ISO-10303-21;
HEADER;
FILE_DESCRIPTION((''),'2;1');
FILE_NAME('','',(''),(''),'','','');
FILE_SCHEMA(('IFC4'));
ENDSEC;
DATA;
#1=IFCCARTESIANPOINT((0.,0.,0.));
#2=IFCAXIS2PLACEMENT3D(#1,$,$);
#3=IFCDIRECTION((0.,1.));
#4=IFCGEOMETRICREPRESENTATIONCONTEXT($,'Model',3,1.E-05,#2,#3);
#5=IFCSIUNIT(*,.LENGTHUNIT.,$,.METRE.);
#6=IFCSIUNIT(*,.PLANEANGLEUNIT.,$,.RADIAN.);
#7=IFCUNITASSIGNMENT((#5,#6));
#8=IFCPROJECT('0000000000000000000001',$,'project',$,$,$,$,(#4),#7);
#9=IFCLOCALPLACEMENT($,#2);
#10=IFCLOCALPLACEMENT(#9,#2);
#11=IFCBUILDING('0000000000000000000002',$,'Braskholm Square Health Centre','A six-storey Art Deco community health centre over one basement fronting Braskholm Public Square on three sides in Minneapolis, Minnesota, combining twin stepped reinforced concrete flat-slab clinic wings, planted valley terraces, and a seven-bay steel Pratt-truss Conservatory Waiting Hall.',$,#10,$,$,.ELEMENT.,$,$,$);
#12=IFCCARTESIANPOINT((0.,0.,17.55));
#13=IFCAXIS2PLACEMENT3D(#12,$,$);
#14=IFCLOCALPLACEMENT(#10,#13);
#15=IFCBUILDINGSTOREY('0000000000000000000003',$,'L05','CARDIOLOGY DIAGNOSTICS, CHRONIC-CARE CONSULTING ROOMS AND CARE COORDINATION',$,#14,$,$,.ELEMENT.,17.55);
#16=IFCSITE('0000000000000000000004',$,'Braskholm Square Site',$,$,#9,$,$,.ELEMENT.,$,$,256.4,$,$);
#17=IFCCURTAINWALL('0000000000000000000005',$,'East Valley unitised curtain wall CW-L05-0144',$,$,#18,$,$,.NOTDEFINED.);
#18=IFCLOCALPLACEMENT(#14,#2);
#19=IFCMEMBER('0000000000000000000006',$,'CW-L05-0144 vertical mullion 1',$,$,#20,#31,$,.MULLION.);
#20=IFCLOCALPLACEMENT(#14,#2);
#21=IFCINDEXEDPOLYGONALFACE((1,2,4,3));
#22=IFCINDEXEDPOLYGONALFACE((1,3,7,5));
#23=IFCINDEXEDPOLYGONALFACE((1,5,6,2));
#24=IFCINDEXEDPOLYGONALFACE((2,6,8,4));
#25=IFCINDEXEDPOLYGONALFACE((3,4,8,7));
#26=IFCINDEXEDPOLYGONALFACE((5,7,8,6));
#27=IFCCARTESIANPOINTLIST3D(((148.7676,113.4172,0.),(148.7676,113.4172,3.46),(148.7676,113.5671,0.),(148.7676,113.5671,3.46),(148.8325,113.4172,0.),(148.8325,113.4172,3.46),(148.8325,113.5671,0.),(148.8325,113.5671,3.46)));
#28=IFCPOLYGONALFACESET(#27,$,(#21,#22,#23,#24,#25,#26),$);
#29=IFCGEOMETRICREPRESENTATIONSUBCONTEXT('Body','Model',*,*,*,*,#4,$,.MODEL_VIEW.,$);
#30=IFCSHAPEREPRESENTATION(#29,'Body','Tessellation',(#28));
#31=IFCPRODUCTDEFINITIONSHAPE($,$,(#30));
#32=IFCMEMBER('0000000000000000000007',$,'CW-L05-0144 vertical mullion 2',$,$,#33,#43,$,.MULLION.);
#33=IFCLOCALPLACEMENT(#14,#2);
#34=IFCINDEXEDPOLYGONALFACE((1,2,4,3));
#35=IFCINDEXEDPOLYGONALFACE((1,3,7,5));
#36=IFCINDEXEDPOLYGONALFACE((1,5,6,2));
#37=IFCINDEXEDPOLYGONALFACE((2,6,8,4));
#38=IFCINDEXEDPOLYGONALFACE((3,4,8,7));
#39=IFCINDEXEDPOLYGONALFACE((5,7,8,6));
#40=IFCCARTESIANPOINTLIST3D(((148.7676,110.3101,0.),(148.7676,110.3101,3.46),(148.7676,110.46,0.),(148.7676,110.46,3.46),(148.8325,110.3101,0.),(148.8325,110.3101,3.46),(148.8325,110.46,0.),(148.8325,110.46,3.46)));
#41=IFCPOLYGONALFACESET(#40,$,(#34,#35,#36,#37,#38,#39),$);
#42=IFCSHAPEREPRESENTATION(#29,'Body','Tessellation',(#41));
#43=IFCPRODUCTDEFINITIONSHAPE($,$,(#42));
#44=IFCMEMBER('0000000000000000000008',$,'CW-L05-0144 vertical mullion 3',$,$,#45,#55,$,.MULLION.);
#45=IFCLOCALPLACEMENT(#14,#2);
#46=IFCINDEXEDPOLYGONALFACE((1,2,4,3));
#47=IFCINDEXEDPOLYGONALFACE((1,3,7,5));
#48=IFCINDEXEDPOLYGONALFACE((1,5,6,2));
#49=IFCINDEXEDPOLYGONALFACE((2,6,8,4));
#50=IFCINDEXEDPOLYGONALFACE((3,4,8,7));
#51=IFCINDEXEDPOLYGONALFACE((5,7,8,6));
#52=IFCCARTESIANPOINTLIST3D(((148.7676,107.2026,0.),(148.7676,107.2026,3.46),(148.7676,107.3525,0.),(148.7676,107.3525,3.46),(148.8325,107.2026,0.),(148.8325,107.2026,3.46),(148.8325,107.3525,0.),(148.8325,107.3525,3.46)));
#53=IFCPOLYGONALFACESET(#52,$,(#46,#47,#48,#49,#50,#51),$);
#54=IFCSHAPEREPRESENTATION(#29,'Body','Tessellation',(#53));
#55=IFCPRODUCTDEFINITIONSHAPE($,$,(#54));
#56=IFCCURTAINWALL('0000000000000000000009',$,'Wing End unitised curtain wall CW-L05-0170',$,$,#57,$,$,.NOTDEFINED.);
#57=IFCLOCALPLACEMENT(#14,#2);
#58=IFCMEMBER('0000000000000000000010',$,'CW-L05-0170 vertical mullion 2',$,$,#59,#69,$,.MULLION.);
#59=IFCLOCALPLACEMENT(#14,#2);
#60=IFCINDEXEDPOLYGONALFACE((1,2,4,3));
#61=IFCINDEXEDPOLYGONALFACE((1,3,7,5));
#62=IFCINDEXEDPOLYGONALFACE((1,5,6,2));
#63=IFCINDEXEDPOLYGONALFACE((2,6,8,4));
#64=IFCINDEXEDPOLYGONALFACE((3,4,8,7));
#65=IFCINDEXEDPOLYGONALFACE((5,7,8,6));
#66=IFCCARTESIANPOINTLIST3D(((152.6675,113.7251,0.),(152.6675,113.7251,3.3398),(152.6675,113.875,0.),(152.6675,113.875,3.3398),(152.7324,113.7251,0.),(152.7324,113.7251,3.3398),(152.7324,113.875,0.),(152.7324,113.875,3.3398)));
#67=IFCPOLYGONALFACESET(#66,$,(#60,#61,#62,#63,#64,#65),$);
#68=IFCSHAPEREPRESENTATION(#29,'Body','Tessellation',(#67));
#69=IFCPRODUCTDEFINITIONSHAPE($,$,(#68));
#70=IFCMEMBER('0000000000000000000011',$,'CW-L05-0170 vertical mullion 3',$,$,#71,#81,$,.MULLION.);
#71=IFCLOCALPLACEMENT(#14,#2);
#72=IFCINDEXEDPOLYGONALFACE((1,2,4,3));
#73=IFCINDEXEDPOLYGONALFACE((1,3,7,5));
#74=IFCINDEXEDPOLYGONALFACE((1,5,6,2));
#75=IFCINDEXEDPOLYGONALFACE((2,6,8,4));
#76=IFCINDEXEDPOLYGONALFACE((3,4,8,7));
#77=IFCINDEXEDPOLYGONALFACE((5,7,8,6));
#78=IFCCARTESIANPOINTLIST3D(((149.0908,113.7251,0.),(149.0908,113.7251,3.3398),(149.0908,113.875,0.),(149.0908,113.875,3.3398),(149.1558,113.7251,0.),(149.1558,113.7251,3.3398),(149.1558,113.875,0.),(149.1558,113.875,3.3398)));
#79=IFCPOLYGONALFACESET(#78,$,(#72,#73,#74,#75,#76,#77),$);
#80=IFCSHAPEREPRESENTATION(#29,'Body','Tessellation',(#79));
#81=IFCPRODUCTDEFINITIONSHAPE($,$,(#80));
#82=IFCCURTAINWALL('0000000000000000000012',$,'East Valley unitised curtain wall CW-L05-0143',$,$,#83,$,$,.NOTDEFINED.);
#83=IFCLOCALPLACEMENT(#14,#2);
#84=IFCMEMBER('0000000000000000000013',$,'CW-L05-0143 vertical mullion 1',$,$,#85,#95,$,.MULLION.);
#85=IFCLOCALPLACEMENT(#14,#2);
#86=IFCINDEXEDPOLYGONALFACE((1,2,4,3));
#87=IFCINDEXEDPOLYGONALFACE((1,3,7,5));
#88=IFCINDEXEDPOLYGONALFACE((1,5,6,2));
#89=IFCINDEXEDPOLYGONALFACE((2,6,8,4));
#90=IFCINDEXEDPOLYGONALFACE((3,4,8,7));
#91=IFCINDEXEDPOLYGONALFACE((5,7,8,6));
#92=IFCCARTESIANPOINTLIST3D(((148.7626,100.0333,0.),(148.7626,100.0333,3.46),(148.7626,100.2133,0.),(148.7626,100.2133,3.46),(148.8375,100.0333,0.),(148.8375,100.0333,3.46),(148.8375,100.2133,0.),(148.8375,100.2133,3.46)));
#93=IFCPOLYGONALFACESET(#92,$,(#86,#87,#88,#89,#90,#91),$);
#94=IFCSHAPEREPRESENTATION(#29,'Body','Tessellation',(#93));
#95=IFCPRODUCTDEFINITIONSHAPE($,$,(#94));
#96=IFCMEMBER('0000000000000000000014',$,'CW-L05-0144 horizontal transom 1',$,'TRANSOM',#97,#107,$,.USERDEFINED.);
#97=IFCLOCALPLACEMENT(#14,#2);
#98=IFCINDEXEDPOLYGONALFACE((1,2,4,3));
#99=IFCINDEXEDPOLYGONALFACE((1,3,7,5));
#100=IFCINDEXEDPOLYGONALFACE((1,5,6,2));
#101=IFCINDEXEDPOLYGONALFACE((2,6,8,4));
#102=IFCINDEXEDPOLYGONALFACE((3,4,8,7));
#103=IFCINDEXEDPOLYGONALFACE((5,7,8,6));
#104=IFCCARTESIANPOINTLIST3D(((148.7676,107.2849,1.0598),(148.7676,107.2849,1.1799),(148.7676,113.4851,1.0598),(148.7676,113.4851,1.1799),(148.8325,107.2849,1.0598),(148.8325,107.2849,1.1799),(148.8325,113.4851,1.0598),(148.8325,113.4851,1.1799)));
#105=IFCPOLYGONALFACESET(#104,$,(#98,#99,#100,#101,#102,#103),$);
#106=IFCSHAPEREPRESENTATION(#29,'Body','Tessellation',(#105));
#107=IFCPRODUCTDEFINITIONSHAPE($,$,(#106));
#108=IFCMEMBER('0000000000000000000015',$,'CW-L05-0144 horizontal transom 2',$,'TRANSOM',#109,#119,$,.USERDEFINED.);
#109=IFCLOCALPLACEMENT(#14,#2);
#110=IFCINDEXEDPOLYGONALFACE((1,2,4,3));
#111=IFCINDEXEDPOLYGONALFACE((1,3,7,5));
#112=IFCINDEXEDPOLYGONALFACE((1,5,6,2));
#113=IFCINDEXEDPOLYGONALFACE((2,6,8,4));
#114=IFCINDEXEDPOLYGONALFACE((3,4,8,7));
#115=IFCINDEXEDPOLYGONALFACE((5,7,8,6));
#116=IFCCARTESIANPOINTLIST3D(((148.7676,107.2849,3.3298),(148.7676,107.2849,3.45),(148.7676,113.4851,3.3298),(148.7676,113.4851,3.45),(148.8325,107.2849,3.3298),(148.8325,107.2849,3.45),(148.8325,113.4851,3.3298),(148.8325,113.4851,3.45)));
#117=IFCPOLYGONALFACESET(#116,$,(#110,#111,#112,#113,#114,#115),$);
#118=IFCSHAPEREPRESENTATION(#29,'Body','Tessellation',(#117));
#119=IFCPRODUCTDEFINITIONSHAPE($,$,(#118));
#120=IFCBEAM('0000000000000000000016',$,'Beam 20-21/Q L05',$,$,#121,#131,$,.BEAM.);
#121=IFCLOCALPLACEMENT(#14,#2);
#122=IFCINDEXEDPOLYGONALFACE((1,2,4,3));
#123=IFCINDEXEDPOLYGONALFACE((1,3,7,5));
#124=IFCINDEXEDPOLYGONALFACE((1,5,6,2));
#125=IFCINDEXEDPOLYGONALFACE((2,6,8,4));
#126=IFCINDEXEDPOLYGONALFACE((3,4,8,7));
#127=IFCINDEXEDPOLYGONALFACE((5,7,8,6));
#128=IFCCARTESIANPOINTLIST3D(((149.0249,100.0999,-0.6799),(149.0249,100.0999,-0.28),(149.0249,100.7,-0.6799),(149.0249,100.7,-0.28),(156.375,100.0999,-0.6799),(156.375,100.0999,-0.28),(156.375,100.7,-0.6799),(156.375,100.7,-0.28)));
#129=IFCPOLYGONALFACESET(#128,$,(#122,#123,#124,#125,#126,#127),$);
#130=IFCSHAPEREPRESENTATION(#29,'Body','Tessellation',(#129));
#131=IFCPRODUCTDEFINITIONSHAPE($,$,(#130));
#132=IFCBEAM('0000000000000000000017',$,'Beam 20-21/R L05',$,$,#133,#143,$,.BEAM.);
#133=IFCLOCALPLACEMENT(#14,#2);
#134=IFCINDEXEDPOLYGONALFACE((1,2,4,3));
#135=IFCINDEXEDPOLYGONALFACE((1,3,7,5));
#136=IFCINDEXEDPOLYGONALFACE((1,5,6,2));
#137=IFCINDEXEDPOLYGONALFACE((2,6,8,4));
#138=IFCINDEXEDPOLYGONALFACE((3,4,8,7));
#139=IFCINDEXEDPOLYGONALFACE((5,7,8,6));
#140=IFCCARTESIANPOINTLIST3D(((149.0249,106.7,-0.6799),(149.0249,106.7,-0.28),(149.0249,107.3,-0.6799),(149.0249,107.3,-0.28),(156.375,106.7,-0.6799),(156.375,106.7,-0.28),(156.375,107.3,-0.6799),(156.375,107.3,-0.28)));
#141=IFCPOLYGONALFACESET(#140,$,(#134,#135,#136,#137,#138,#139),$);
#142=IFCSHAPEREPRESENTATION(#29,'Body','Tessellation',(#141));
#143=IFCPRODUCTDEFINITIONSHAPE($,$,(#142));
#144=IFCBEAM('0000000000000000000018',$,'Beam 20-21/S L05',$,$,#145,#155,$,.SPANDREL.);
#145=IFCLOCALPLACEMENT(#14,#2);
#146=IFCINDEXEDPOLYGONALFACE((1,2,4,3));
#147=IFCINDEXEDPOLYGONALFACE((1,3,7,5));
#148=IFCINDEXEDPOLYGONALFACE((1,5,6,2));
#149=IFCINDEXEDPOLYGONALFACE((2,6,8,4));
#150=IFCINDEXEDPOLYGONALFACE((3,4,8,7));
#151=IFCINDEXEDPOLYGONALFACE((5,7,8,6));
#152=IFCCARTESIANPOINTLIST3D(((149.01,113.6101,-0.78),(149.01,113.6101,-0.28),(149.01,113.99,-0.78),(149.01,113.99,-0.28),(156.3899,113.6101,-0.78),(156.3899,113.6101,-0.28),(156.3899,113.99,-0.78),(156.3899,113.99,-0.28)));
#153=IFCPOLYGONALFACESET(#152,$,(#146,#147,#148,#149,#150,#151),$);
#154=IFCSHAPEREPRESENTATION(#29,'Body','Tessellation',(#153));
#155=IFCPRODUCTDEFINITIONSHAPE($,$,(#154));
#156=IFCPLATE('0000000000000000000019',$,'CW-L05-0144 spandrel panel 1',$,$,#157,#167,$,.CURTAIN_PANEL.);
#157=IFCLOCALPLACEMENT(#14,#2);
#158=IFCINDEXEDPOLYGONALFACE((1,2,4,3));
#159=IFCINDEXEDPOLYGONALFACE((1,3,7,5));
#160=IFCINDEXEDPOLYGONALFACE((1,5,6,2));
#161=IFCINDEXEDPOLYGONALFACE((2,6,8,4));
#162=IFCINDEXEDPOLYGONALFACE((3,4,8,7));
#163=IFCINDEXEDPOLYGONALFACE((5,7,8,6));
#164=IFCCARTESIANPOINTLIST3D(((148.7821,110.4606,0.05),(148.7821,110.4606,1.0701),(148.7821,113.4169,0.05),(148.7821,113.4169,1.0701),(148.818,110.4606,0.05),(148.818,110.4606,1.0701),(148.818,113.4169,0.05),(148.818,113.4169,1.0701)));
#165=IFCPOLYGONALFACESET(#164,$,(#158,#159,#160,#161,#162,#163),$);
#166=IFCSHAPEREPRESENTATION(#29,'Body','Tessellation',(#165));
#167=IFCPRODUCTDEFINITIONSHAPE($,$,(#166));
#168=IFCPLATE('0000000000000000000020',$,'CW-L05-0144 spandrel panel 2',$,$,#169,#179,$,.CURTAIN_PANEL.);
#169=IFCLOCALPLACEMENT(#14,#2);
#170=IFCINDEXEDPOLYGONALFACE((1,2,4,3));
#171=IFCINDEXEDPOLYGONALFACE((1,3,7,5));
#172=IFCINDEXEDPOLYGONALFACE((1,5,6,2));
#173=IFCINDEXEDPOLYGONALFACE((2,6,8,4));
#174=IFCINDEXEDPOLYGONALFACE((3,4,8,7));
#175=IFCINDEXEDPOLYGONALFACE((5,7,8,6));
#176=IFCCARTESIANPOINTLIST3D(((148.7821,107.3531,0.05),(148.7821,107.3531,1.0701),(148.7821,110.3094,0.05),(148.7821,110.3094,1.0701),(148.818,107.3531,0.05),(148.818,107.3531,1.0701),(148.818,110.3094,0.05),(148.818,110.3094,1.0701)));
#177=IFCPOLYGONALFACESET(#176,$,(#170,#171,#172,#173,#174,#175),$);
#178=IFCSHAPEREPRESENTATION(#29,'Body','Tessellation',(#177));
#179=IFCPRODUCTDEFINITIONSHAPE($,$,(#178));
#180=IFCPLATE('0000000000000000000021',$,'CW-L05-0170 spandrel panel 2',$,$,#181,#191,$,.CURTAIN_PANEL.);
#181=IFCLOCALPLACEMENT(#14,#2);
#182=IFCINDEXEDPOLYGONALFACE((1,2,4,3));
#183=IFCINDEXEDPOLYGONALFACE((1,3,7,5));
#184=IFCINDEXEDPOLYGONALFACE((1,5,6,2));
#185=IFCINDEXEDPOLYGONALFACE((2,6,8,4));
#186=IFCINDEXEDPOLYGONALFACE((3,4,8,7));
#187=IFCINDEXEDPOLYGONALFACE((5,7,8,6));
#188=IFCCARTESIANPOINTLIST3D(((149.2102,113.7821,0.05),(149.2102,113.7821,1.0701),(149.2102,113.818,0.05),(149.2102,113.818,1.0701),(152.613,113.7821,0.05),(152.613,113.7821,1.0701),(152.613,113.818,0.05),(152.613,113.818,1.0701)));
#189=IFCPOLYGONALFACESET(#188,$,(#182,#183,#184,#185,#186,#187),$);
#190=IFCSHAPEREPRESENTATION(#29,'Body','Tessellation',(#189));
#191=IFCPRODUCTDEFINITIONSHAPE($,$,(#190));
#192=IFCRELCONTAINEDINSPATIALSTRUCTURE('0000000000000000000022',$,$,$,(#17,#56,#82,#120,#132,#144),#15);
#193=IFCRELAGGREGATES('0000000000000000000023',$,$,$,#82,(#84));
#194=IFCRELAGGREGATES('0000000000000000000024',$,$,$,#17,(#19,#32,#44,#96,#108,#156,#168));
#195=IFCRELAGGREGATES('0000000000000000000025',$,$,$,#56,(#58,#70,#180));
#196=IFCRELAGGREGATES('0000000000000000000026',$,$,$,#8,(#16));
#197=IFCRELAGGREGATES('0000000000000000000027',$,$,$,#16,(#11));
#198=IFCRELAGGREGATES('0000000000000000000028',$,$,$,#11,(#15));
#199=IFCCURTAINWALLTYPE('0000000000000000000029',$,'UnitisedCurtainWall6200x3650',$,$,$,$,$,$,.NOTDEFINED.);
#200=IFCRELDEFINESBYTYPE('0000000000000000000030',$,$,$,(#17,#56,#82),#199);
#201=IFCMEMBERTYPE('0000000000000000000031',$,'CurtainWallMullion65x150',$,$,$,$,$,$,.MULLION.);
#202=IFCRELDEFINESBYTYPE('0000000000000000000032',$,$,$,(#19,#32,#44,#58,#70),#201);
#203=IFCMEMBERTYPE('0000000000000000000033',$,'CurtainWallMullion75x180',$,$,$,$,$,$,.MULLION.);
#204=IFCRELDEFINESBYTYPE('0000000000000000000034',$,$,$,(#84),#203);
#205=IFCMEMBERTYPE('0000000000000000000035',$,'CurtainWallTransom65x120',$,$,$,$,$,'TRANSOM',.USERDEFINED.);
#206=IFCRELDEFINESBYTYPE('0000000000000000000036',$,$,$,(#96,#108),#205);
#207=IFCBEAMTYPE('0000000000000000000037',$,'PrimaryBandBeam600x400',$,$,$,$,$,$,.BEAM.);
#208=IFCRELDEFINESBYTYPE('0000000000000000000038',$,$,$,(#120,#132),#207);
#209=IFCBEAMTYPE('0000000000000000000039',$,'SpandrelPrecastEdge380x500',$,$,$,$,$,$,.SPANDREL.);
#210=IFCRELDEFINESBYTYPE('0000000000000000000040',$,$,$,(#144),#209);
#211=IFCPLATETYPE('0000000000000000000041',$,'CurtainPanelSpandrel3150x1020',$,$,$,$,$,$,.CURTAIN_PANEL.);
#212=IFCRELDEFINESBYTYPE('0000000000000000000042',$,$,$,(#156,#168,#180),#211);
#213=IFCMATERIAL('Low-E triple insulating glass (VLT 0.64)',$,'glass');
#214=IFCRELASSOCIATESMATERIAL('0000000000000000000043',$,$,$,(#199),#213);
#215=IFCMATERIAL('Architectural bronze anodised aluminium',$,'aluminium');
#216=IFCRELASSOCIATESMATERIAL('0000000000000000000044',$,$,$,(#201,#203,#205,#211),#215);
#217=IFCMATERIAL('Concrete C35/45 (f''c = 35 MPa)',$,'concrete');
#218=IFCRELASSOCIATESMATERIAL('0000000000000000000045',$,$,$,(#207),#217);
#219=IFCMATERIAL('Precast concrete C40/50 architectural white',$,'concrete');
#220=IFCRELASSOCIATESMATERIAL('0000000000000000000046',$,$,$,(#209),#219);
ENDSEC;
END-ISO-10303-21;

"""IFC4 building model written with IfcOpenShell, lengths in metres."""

from ifc_helpers import new_model, si_unit, direction, frame, origin, origin_2d, place, context, subcontext, project, spatial, rectangle, extrude, material, material_profile, profile_set, type_object, element, aggregate, save


model = new_model("IFC4")

# Units and contexts
model_context = context("Model", 3, precision=1e-05, world=origin(), true_north=direction((0.0, 1.0)))
body_context = subcontext(model_context, "Body", "Model", "MODEL_VIEW")
ifc_project = project(units=[si_unit("LENGTHUNIT", "METRE"), si_unit("PLANEANGLEUNIT", "RADIAN")], contexts=[model_context])

# Site, building, storey
site_placement = place(None, origin())
site = spatial("IfcSite", under=ifc_project, at=site_placement, Name="Braskholm Square Site", CompositionType="ELEMENT", RefElevation=256.4)
building_placement = place(site_placement, origin())
building = spatial("IfcBuilding", under=site, at=building_placement, Name="Braskholm Square Health Centre", Description="A six-storey Art Deco community health centre over one basement fronting Braskholm Public Square on three sides in Minneapolis, Minnesota, combining twin stepped reinforced concrete flat-slab clinic wings, planted valley terraces, and a seven-bay steel Pratt-truss Conservatory Waiting Hall.", CompositionType="ELEMENT")
storey_placement = place(building_placement, frame((0.0, 0.0, 17.55)))
storey = spatial("IfcBuildingStorey", under=building, at=storey_placement, Name="L05", Description="CARDIOLOGY DIAGNOSTICS, CHRONIC-CARE CONSULTING ROOMS AND CARE COORDINATION", CompositionType="ELEMENT", Elevation=17.55)

# Curtain walls, members
ifc_material_1 = material(Name="Low-E triple insulating glass (VLT 0.64)", Category="glass")
curtain_wall_type = type_object("IfcCurtainWallType", Name="UnitisedCurtainWall6200x3650", PredefinedType="NOTDEFINED", material=ifc_material_1)
curtain_wall_1_placement = place(storey_placement, origin())
curtain_wall_1 = element("IfcCurtainWall", 1, at=curtain_wall_1_placement, inside=storey, type_object=curtain_wall_type, Name="East Valley unitised curtain wall CW-L05-0144", PredefinedType="NOTDEFINED")
ifc_material_2 = material(Name="Architectural bronze anodised aluminium", Category="aluminium")
ifc_material_profile_1 = material_profile(ifc_material_2, rectangle(XDim=0.0649, YDim=0.1499, at=origin_2d()), Name="ALU-65X150")
ifc_profile_set_1 = profile_set([ifc_material_profile_1], Name="Architectural bronze anodised aluminium")
member_type_1 = type_object("IfcMemberType", Name="CurtainWallMullion65x150", PredefinedType="MULLION", material=ifc_profile_set_1)
member_1_placement = place(storey_placement, frame((148.8, 113.4922, 0.0), z_axis=(0.0, 0.0, 1.0), x_axis=(1.0, 0.0, 0.0)))
member_1 = element("IfcMember", 2, at=member_1_placement, type_object=member_type_1, Name="CW-L05-0144 vertical mullion 1", PredefinedType="MULLION", context=body_context, shape_type="SweptSolid", body=[
    extrude(rectangle(XDim=0.0649, YDim=0.1499, at=origin_2d()), origin(), (0.0, 0.0, 1.0), 3.46),
])
member_2_placement = place(storey_placement, frame((148.8, 110.385, 0.0), z_axis=(0.0, 0.0, 1.0), x_axis=(1.0, 0.0, 0.0)))
member_2 = element("IfcMember", 3, at=member_2_placement, type_object=member_type_1, Name="CW-L05-0144 vertical mullion 2", PredefinedType="MULLION", context=body_context, shape_type="SweptSolid", body=[
    extrude(rectangle(XDim=0.0649, YDim=0.1499, at=origin_2d()), origin(), (0.0, 0.0, 1.0), 3.46),
])
member_3_placement = place(storey_placement, frame((148.8, 107.2776, 0.0), z_axis=(0.0, 0.0, 1.0), x_axis=(1.0, 0.0, 0.0)))
member_3 = element("IfcMember", 4, at=member_3_placement, type_object=member_type_1, Name="CW-L05-0144 vertical mullion 3", PredefinedType="MULLION", context=body_context, shape_type="SweptSolid", body=[
    extrude(rectangle(XDim=0.0649, YDim=0.1499, at=origin_2d()), origin(), (0.0, 0.0, 1.0), 3.46),
])
curtain_wall_2_placement = place(storey_placement, origin())
curtain_wall_2 = element("IfcCurtainWall", 5, at=curtain_wall_2_placement, inside=storey, type_object=curtain_wall_type, Name="Wing End unitised curtain wall CW-L05-0170", PredefinedType="NOTDEFINED")
member_4_placement = place(storey_placement, frame((152.7, 113.8, 0.0), z_axis=(0.0, 0.0, 1.0), x_axis=(1.0, 0.0, 0.0)))
member_4 = element("IfcMember", 6, at=member_4_placement, type_object=member_type_1, Name="CW-L05-0170 vertical mullion 2", PredefinedType="MULLION", context=body_context, shape_type="SweptSolid", body=[
    extrude(rectangle(XDim=0.0649, YDim=0.1499, at=origin_2d()), origin(), (0.0, 0.0, 1.0), 3.3398),
])
member_5_placement = place(storey_placement, frame((149.1233, 113.8, 0.0), z_axis=(0.0, 0.0, 1.0), x_axis=(1.0, 0.0, 0.0)))
member_5 = element("IfcMember", 7, at=member_5_placement, type_object=member_type_1, Name="CW-L05-0170 vertical mullion 3", PredefinedType="MULLION", context=body_context, shape_type="SweptSolid", body=[
    extrude(rectangle(XDim=0.0649, YDim=0.1499, at=origin_2d()), origin(), (0.0, 0.0, 1.0), 3.3398),
])

# Curtain wall, member
curtain_wall_3_placement = place(storey_placement, origin())
curtain_wall_3 = element("IfcCurtainWall", 8, at=curtain_wall_3_placement, inside=storey, type_object=curtain_wall_type, Name="East Valley unitised curtain wall CW-L05-0143", PredefinedType="NOTDEFINED")
ifc_material_profile_2 = material_profile(ifc_material_2, rectangle(XDim=0.075, YDim=0.1799, at=origin_2d()), Name="ALU-75X180")
ifc_profile_set_2 = profile_set([ifc_material_profile_2], Name="Architectural bronze anodised aluminium")
member_type_2 = type_object("IfcMemberType", Name="CurtainWallMullion75x180", PredefinedType="MULLION", material=ifc_profile_set_2)
member_6_placement = place(storey_placement, frame((148.8, 100.1233, 0.0), z_axis=(0.0, 0.0, 1.0), x_axis=(1.0, 0.0, 0.0)))
member_6 = element("IfcMember", 9, at=member_6_placement, type_object=member_type_2, Name="CW-L05-0143 vertical mullion 1", PredefinedType="MULLION", context=body_context, shape_type="SweptSolid", body=[
    extrude(rectangle(XDim=0.075, YDim=0.1799, at=origin_2d()), origin(), (0.0, 0.0, 1.0), 3.46),
])
aggregate(curtain_wall_3, [member_6])

# Members
ifc_material_profile_3 = material_profile(ifc_material_2, rectangle(XDim=0.0649, YDim=0.1201, at=origin_2d()), Name="ALU-65X120")
ifc_profile_set_3 = profile_set([ifc_material_profile_3], Name="Architectural bronze anodised aluminium")
member_type_3 = type_object("IfcMemberType", Name="CurtainWallTransom65x120", ElementType="TRANSOM", PredefinedType="USERDEFINED", material=ifc_profile_set_3)
member_7_placement = place(storey_placement, frame((148.8, 113.4851, 1.1199), z_axis=(0.0, -1.0, 0.0), x_axis=(1.0, 0.0, 0.0)))
member_7 = element("IfcMember", 10, at=member_7_placement, type_object=member_type_3, Name="CW-L05-0144 horizontal transom 1", ObjectType="TRANSOM", PredefinedType="USERDEFINED", context=body_context, shape_type="SweptSolid", body=[
    extrude(rectangle(XDim=0.0649, YDim=0.1201, at=origin_2d()), origin(), (0.0, 0.0, 1.0), 6.2002),
])
member_8_placement = place(storey_placement, frame((148.8, 113.4851, 3.3899), z_axis=(0.0, -1.0, 0.0), x_axis=(1.0, 0.0, 0.0)))
member_8 = element("IfcMember", 11, at=member_8_placement, type_object=member_type_3, Name="CW-L05-0144 horizontal transom 2", ObjectType="TRANSOM", PredefinedType="USERDEFINED", context=body_context, shape_type="SweptSolid", body=[
    extrude(rectangle(XDim=0.0649, YDim=0.1201, at=origin_2d()), origin(), (0.0, 0.0, 1.0), 6.2002),
])

# Beams
ifc_material_3 = material(Name="Concrete C35/45 (f'c = 35 MPa)", Category="concrete")
ifc_material_profile_4 = material_profile(ifc_material_3, rectangle(XDim=0.6001, YDim=0.3999, at=origin_2d()), Name="RCB-600X400")
ifc_profile_set_4 = profile_set([ifc_material_profile_4], Name="Concrete C35/45 (f'c = 35 MPa)")
beam_type_1 = type_object("IfcBeamType", Name="PrimaryBandBeam600x400", PredefinedType="BEAM", material=ifc_profile_set_4)
for number, where, z_axis, x_axis, name in (
    (12, (149.0249, 100.3999, -0.48), (1.0, 0.0, 0.0), (0.0, 1.0, 0.0), "Beam 20-21/Q L05"),
    (13, (149.0249, 107.0, -0.48), (1.0, 0.0, 0.0), (0.0, 1.0, 0.0), "Beam 20-21/R L05"),
):
    element("IfcBeam", number, at=place(storey_placement, frame(where, z_axis=z_axis, x_axis=x_axis)), inside=storey, type_object=beam_type_1, Name=name, PredefinedType="BEAM", context=body_context, shape_type="SweptSolid", body=[
        extrude(rectangle(XDim=0.6001, YDim=0.3999, at=origin_2d()), origin(), (0.0, 0.0, 1.0), 7.3501),
    ])
ifc_material_4 = material(Name="Precast concrete C40/50 architectural white", Category="concrete")
ifc_material_profile_5 = material_profile(ifc_material_4, rectangle(XDim=0.3799, YDim=0.5, at=origin_2d()), Name="RCB-380X500")
ifc_profile_set_5 = profile_set([ifc_material_profile_5], Name="Precast concrete C40/50 architectural white")
beam_type_2 = type_object("IfcBeamType", Name="SpandrelPrecastEdge380x500", PredefinedType="SPANDREL", material=ifc_profile_set_5)
beam_placement = place(storey_placement, frame((149.01, 113.8, -0.53), z_axis=(1.0, 0.0, 0.0), x_axis=(0.0, 1.0, 0.0)))
element("IfcBeam", 14, at=beam_placement, inside=storey, type_object=beam_type_2, Name="Beam 20-21/S L05", PredefinedType="SPANDREL", context=body_context, shape_type="SweptSolid", body=[
    extrude(rectangle(XDim=0.3799, YDim=0.5, at=origin_2d()), origin(), (0.0, 0.0, 1.0), 7.3799),
])

# Plates
plate_type_1 = type_object("IfcPlateType", Name="CurtainPanelSpandrel3150x1020", PredefinedType="CURTAIN_PANEL", material=ifc_material_2)
plate_1_placement = place(storey_placement, frame((148.8, 111.9387, 0.05), z_axis=(0.0, 0.0, 1.0), x_axis=(0.0, -1.0, 0.0)))
plate_1 = element("IfcPlate", 15, at=plate_1_placement, type_object=plate_type_1, Name="CW-L05-0144 spandrel panel 1", PredefinedType="CURTAIN_PANEL", context=body_context, shape_type="SweptSolid", body=[
    extrude(rectangle(XDim=2.9563, YDim=0.0359, at=origin_2d()), origin(), (0.0, 0.0, 1.0), 1.02),
])
plate_2_placement = place(storey_placement, frame((148.8, 108.8313, 0.05), z_axis=(0.0, 0.0, 1.0), x_axis=(0.0, -1.0, 0.0)))
plate_2 = element("IfcPlate", 16, at=plate_2_placement, type_object=plate_type_1, Name="CW-L05-0144 spandrel panel 2", PredefinedType="CURTAIN_PANEL", context=body_context, shape_type="SweptSolid", body=[
    extrude(rectangle(XDim=2.9563, YDim=0.0359, at=origin_2d()), origin(), (0.0, 0.0, 1.0), 1.02),
])
plate_3_placement = place(storey_placement, frame((150.9116, 113.8, 0.05), z_axis=(0.0, 0.0, 1.0), x_axis=(-1.0, 0.0, 0.0)))
plate_3 = element("IfcPlate", 17, at=plate_3_placement, type_object=plate_type_1, Name="CW-L05-0170 spandrel panel 2", PredefinedType="CURTAIN_PANEL", context=body_context, shape_type="SweptSolid", body=[
    extrude(rectangle(XDim=3.4028, YDim=0.0359, at=origin_2d()), origin(), (0.0, 0.0, 1.0), 1.02),
])
aggregate(curtain_wall_1, [member_1, member_2, member_3, member_7, member_8, plate_1, plate_2])
aggregate(curtain_wall_2, [member_4, member_5, plate_3])

save(model, "model.ifc")
